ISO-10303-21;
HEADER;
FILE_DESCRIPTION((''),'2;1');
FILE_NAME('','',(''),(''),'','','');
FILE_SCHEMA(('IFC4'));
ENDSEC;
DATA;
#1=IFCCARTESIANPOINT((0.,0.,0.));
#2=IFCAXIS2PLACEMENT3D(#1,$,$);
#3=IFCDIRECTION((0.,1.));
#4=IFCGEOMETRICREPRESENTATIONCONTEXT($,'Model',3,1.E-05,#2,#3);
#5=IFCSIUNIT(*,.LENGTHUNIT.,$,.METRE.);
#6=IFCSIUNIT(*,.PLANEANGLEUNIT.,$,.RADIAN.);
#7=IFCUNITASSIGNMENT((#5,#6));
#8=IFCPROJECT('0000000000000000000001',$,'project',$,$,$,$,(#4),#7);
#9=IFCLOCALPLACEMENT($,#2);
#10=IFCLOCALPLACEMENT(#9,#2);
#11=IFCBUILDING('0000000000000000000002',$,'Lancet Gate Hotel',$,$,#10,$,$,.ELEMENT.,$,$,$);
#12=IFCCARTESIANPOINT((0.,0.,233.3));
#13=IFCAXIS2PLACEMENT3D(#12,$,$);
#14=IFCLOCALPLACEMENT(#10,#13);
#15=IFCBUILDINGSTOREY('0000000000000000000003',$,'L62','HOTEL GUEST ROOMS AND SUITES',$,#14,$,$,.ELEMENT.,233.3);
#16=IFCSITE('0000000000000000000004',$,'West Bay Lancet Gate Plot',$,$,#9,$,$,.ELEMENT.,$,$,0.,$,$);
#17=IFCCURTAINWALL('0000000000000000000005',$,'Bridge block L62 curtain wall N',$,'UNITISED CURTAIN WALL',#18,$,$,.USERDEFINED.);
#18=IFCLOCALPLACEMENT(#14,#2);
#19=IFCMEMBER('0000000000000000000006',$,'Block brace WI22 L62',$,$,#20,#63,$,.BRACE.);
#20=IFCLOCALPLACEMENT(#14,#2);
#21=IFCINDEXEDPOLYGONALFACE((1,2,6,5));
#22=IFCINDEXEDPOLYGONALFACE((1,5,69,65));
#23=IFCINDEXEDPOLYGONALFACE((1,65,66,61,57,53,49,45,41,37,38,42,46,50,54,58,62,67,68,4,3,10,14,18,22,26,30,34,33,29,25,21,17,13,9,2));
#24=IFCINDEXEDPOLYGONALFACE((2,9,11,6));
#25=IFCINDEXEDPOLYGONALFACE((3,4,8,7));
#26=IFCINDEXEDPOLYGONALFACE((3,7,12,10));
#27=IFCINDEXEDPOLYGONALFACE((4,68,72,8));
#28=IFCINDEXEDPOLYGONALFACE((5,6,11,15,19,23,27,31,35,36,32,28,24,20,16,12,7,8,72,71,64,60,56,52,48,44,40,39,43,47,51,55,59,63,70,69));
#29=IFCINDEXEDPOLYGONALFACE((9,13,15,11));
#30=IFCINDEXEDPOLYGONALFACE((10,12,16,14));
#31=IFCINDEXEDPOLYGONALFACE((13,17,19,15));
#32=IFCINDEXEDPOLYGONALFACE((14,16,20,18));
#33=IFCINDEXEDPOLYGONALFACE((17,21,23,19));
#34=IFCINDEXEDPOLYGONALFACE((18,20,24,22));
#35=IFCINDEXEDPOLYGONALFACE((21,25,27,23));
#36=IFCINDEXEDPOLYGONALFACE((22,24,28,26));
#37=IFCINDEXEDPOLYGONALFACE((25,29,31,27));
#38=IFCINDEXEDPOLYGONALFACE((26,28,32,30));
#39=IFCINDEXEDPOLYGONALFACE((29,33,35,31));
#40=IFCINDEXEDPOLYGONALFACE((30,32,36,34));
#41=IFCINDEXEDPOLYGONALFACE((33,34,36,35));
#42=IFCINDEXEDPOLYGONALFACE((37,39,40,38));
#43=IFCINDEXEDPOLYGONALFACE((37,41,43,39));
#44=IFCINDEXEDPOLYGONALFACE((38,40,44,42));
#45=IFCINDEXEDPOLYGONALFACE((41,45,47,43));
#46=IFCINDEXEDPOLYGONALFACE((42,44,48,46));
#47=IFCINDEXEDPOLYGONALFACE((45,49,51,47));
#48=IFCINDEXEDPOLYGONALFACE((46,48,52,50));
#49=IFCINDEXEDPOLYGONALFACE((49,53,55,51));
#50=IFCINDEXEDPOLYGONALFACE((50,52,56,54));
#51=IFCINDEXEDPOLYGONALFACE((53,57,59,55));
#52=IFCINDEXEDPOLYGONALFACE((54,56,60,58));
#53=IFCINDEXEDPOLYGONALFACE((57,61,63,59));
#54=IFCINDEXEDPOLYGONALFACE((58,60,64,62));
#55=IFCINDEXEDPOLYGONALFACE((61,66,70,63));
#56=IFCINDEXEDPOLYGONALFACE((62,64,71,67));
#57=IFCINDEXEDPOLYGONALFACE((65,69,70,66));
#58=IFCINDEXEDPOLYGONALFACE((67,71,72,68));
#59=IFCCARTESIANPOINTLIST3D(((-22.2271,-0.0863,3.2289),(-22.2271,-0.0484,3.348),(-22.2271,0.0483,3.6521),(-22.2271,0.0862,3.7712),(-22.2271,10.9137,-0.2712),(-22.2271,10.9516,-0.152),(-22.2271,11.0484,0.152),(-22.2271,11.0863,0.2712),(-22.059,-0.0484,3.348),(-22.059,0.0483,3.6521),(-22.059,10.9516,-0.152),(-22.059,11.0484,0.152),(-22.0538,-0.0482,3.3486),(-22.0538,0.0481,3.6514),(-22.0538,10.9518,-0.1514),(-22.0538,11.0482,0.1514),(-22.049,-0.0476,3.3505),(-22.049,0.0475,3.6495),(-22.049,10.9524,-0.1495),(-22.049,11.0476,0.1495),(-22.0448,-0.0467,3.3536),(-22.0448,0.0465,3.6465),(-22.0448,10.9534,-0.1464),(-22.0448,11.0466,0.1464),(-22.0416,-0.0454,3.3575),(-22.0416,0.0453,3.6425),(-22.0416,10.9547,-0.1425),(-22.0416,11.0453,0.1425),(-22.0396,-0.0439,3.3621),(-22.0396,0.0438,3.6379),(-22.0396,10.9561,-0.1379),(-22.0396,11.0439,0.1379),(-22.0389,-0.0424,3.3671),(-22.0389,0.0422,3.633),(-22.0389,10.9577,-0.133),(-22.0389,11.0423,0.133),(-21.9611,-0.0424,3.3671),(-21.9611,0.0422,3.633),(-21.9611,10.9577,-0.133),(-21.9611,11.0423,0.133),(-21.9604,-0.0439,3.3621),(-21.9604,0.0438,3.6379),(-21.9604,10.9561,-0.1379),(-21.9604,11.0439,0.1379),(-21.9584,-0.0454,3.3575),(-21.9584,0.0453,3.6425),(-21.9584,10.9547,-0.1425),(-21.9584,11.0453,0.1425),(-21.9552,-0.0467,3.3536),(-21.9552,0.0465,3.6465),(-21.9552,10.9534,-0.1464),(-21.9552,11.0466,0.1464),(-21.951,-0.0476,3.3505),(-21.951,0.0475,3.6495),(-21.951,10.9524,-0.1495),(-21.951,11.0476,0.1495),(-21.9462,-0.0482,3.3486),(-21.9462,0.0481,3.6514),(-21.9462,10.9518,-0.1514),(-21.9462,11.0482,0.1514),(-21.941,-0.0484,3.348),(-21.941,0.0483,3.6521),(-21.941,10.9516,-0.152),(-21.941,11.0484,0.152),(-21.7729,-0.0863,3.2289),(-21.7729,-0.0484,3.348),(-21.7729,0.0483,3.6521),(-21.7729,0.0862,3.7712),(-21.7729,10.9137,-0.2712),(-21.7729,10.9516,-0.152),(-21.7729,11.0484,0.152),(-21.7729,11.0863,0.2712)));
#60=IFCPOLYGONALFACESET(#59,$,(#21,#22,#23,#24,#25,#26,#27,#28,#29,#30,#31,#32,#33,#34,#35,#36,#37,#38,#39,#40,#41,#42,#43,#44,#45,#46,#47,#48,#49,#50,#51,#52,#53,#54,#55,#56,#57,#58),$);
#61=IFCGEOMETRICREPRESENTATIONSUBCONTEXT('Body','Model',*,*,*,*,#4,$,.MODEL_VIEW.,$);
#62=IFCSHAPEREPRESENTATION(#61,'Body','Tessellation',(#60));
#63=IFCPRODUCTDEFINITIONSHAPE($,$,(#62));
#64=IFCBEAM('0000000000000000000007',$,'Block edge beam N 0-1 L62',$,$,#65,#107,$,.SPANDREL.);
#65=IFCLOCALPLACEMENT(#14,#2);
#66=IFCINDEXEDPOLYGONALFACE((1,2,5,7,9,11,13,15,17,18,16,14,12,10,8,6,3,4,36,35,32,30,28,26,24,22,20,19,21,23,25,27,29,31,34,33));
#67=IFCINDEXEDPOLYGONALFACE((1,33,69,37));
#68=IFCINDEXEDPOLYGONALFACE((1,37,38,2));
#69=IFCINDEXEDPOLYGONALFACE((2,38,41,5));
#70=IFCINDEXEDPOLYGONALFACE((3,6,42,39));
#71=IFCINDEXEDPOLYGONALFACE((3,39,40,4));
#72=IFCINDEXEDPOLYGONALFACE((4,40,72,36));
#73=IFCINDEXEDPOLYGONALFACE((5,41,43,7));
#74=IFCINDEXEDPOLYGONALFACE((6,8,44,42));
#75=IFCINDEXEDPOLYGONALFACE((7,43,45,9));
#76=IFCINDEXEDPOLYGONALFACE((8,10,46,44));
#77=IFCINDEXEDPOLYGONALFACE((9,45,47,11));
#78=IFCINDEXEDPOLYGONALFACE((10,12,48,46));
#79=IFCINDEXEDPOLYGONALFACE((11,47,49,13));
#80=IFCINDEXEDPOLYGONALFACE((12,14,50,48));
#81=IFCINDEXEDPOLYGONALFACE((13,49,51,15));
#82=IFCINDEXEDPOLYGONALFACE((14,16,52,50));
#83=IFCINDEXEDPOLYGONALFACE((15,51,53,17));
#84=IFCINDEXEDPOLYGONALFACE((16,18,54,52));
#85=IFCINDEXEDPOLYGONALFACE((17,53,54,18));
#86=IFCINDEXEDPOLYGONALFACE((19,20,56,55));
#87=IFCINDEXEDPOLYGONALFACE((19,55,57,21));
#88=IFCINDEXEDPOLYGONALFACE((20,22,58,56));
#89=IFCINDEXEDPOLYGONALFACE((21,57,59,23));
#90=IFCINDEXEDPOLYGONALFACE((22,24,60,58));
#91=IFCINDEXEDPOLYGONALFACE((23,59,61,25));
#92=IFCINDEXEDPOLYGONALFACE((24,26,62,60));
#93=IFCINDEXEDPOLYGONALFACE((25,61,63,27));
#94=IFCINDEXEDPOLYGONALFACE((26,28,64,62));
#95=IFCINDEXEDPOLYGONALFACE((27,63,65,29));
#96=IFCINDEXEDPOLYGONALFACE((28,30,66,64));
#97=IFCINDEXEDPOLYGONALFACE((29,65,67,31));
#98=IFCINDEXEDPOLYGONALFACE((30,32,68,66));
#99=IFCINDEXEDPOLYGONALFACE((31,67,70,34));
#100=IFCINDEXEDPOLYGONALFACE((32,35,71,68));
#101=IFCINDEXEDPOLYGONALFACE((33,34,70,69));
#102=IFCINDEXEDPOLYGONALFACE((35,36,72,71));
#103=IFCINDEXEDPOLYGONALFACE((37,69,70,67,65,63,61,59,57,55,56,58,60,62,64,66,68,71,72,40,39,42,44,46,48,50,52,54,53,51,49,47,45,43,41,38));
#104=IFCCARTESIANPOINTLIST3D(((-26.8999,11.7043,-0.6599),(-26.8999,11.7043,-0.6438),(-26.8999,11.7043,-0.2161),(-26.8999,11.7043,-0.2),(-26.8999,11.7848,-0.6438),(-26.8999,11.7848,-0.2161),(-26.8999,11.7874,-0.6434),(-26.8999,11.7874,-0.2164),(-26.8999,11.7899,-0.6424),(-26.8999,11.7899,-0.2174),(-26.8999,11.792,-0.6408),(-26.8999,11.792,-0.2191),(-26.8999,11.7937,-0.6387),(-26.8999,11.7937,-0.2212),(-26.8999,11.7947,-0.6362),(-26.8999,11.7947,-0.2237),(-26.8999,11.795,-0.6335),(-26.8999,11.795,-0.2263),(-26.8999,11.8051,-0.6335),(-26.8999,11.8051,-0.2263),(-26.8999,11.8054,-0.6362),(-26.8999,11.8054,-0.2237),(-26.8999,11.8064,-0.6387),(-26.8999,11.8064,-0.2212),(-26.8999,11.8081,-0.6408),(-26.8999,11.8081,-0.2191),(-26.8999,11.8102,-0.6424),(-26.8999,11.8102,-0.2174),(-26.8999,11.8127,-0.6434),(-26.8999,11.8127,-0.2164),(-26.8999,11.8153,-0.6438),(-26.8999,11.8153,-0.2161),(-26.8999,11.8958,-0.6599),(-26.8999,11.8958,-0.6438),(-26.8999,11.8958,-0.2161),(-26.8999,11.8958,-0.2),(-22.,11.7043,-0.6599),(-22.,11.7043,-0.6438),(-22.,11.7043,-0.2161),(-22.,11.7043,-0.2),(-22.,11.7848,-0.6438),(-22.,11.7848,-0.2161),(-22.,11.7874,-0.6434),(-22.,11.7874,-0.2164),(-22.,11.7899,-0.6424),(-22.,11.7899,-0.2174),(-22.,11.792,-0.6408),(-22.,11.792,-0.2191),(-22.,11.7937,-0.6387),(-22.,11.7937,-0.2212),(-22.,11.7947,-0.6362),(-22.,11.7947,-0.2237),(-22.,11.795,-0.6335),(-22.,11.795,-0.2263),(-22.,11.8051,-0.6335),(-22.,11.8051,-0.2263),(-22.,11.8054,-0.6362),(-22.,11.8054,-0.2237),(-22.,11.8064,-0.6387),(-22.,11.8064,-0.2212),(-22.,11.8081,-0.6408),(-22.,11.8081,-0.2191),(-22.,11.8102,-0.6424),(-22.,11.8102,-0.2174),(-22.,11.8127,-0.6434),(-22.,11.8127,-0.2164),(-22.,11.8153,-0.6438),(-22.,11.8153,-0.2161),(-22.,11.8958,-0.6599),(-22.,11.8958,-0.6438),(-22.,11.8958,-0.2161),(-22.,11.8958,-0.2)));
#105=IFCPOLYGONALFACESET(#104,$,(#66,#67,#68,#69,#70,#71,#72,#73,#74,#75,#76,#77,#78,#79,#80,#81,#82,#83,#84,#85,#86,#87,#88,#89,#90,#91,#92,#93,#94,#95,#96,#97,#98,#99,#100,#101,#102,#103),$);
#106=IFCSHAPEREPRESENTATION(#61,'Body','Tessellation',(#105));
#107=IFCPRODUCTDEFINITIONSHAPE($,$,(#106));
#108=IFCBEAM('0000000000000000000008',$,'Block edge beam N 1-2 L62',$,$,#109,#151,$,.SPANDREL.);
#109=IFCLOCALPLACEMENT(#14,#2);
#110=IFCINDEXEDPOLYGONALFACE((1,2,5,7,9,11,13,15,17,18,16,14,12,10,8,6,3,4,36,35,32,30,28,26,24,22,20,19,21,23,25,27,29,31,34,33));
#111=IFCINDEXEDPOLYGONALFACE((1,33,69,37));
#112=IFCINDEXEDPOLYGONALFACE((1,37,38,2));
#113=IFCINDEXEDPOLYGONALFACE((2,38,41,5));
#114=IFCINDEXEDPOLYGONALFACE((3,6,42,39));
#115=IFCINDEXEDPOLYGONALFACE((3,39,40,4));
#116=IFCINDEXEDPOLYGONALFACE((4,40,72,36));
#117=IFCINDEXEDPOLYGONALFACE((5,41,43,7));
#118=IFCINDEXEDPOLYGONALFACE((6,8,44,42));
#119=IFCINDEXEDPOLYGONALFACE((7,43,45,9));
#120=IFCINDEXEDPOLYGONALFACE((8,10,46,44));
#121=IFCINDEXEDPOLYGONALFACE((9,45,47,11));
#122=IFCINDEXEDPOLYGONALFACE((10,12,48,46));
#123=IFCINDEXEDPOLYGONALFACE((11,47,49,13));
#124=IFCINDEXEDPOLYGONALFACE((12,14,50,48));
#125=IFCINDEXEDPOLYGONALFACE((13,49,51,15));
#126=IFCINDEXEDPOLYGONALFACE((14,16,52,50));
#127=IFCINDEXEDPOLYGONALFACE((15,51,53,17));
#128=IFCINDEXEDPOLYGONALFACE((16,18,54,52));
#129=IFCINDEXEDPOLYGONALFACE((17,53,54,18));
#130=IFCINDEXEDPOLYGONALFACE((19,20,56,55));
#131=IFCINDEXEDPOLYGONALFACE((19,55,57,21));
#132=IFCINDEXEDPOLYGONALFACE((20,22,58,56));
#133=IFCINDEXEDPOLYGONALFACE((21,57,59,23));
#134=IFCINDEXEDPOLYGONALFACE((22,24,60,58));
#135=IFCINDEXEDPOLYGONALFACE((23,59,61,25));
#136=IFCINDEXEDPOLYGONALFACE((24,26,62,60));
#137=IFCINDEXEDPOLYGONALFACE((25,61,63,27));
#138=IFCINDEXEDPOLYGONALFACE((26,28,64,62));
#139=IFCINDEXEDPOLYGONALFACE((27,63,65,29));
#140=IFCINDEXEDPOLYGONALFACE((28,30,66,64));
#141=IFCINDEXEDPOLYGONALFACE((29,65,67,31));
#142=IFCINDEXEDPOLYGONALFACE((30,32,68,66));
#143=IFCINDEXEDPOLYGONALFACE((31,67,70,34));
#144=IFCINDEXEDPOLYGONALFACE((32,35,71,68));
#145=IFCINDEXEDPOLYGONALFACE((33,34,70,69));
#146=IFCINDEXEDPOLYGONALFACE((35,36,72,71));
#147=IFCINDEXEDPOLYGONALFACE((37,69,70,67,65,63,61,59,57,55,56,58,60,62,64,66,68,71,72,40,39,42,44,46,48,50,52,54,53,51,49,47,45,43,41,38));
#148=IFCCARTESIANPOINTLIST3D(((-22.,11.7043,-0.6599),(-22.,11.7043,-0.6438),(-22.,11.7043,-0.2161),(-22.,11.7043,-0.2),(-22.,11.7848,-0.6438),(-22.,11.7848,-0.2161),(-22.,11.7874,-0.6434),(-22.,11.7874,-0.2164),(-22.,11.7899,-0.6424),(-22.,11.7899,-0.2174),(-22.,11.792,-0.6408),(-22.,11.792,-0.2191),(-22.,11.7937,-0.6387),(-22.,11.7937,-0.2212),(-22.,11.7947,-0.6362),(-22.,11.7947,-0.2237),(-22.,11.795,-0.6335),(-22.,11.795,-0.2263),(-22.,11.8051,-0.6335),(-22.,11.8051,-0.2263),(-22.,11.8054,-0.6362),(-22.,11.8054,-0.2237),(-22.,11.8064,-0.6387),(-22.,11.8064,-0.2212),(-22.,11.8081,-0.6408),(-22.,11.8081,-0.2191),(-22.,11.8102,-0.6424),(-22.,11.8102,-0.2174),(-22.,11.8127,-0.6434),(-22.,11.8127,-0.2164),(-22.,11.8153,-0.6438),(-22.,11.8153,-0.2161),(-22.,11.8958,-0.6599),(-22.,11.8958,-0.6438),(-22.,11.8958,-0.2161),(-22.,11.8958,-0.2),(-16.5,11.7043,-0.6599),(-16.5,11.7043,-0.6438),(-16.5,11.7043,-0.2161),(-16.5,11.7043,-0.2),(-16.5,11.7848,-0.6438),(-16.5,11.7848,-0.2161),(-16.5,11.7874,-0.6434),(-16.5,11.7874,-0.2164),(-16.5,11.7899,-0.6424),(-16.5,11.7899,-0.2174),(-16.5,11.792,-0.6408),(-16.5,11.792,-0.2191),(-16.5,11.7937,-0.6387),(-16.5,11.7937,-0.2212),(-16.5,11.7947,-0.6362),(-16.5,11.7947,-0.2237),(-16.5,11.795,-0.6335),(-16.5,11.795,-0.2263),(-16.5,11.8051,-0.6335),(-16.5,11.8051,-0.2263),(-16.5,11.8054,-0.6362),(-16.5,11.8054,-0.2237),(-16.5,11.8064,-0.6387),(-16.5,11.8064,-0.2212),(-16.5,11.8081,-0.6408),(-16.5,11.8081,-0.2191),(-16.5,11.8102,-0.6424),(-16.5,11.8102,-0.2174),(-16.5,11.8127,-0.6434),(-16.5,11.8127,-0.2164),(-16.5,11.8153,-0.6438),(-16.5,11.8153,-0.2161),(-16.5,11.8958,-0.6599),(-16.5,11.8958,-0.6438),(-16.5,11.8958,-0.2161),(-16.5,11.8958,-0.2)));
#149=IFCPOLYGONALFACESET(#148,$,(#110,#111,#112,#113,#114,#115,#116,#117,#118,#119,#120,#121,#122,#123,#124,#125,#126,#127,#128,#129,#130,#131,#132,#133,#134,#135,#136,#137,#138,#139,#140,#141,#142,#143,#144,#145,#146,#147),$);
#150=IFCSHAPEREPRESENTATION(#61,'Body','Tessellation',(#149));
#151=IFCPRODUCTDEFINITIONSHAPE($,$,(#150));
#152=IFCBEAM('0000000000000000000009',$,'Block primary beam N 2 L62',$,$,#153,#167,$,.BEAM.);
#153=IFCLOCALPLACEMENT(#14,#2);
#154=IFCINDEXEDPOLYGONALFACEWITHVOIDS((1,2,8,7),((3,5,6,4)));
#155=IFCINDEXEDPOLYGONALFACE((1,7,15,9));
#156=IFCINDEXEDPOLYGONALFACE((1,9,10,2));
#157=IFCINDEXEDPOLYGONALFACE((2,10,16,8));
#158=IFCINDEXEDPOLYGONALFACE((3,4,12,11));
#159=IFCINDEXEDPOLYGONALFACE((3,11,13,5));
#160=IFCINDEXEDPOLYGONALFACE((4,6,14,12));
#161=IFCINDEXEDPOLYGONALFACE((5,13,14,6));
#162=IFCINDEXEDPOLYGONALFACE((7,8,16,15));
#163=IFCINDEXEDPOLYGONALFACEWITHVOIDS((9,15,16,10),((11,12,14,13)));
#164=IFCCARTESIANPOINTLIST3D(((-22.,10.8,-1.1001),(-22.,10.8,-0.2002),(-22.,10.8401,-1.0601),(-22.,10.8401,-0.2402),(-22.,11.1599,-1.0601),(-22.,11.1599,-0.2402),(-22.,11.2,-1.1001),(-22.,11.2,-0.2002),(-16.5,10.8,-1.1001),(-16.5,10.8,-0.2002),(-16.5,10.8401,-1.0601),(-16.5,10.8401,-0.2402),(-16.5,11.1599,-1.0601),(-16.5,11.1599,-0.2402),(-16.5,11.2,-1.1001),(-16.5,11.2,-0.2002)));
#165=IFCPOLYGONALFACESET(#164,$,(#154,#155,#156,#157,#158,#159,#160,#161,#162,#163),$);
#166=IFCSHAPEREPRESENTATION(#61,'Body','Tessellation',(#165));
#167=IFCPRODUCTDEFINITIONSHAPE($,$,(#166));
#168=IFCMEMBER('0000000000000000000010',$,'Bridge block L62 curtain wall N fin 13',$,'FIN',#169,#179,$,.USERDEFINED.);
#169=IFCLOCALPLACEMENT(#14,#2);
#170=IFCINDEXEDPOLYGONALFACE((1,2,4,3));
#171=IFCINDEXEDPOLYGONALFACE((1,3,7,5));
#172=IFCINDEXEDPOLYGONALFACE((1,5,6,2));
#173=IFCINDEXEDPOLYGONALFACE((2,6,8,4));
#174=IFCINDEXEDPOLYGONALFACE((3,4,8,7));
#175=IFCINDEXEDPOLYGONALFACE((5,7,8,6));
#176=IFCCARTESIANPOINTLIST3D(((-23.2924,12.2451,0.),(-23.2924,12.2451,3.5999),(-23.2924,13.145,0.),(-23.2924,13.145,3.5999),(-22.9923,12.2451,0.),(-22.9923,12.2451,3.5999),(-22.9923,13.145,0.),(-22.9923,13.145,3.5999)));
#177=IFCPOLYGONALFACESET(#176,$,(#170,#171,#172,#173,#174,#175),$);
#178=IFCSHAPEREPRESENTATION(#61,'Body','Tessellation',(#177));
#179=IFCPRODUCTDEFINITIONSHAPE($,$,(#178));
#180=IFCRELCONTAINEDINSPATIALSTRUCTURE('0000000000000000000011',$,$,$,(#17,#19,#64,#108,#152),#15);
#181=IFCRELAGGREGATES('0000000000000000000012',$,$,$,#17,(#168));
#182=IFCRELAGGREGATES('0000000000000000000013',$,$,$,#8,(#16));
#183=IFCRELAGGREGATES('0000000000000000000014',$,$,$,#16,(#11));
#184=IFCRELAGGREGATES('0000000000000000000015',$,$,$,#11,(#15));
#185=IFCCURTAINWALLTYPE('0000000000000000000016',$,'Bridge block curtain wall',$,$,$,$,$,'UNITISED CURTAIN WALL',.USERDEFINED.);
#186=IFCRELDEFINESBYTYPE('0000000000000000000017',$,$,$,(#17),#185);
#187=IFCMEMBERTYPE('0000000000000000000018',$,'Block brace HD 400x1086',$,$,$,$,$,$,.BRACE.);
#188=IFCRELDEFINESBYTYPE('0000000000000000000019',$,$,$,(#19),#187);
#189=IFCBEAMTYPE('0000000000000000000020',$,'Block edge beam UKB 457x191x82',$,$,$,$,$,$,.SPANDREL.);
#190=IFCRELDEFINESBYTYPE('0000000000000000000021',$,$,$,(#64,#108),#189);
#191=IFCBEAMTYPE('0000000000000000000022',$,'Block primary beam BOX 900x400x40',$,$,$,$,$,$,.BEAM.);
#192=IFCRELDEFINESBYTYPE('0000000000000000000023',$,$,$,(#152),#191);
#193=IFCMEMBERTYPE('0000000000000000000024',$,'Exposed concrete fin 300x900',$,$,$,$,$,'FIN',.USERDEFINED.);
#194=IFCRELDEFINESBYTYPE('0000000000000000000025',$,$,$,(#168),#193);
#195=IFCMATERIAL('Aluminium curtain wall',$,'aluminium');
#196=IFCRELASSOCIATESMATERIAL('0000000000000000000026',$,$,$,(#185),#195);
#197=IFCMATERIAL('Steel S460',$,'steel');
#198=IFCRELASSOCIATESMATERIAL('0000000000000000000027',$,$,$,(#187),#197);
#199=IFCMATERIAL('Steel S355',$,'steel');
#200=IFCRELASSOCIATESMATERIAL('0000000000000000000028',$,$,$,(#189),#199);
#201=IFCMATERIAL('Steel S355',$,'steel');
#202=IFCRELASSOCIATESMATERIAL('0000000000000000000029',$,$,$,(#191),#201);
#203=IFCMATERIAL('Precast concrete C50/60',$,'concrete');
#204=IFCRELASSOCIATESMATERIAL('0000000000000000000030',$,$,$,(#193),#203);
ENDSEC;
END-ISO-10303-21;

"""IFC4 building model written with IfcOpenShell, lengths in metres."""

from ifc_helpers import new_model, si_unit, direction, frame, origin, origin_2d, place, context, subcontext, project, spatial, rectangle, hollow_rectangle, i_section, extrude, material, material_profile, profile_set, type_object, element, aggregate, save


model = new_model("IFC4")

# Units and contexts
model_context = context("Model", 3, precision=1e-05, world=origin(), true_north=direction((0.0, 1.0)))
body_context = subcontext(model_context, "Body", "Model", "MODEL_VIEW")
ifc_project = project(units=[si_unit("LENGTHUNIT", "METRE"), si_unit("PLANEANGLEUNIT", "RADIAN")], contexts=[model_context])

# Site, building, storey
site_placement = place(None, origin())
site = spatial("IfcSite", under=ifc_project, at=site_placement, Name="West Bay Lancet Gate Plot", CompositionType="ELEMENT", RefElevation=0.0)
building_placement = place(site_placement, origin())
building = spatial("IfcBuilding", under=site, at=building_placement, Name="Lancet Gate Hotel", CompositionType="ELEMENT")
storey_placement = place(building_placement, frame((0.0, 0.0, 233.3)))
storey = spatial("IfcBuildingStorey", under=building, at=storey_placement, Name="L62", Description="HOTEL GUEST ROOMS AND SUITES", CompositionType="ELEMENT", Elevation=233.3)

# Curtain wall
ifc_material_1 = material(Name="Aluminium curtain wall", Category="aluminium")
curtain_wall_type_1 = type_object("IfcCurtainWallType", Name="Bridge block curtain wall", ElementType="UNITISED CURTAIN WALL", PredefinedType="USERDEFINED", material=ifc_material_1)
curtain_wall_1_placement = place(storey_placement, origin())
curtain_wall_1 = element("IfcCurtainWall", 1, at=curtain_wall_1_placement, inside=storey, type_object=curtain_wall_type_1, Name="Bridge block L62 curtain wall N", ObjectType="UNITISED CURTAIN WALL", PredefinedType="USERDEFINED")

# Member
ifc_material_2 = material(Name="Steel S460", Category="steel")
ifc_material_profile_1 = material_profile(ifc_material_2, i_section(OverallWidth=0.4541, OverallDepth=0.5691, WebThickness=0.0779, FlangeThickness=0.125, FilletRadius=0.02, at=origin_2d()), Name="HD 400x1086")
ifc_profile_set_1 = profile_set([ifc_material_profile_1], Name="Steel S460")
member_type_1 = type_object("IfcMemberType", Name="Block brace HD 400x1086", PredefinedType="BRACE", material=ifc_profile_set_1)
member_1_placement = place(storey_placement, frame((-22.0, 11.0, 0.0), z_axis=(0.0, -0.952926, 0.303204), x_axis=(1.0, 0.0, 0.0)))
element("IfcMember", 2, at=member_1_placement, inside=storey, type_object=member_type_1, Name="Block brace WI22 L62", PredefinedType="BRACE", context=body_context, shape_type="SweptSolid", body=[
    extrude(i_section(OverallWidth=0.4541, OverallDepth=0.5691, WebThickness=0.0779, FlangeThickness=0.125, FilletRadius=0.02, at=origin_2d()), origin(), (0.0, 0.0, 1.0), 11.5435),
])

# Beams
ifc_material_3 = material(Name="Steel S355", Category="steel")
ifc_material_profile_2 = material_profile(ifc_material_3, i_section(OverallWidth=0.1914, OverallDepth=0.46, WebThickness=0.01, FlangeThickness=0.0161, FilletRadius=0.0103, at=origin_2d()), Name="UKB 457x191x82")
ifc_profile_set_2 = profile_set([ifc_material_profile_2], Name="Steel S355")
beam_type_1 = type_object("IfcBeamType", Name="Block edge beam UKB 457x191x82", PredefinedType="SPANDREL", material=ifc_profile_set_2)
beam_1_placement = place(storey_placement, frame((-26.8999, 11.8, -0.4299), z_axis=(1.0, 0.0, 0.0), x_axis=(0.0, 1.0, 0.0)))
element("IfcBeam", 3, at=beam_1_placement, inside=storey, type_object=beam_type_1, Name="Block edge beam N 0-1 L62", PredefinedType="SPANDREL", context=body_context, shape_type="SweptSolid", body=[
    extrude(i_section(OverallWidth=0.1914, OverallDepth=0.46, WebThickness=0.01, FlangeThickness=0.0161, FilletRadius=0.0103, at=origin_2d()), origin(), (0.0, 0.0, 1.0), 4.8999),
])
beam_2_placement = place(storey_placement, frame((-22.0, 11.8, -0.4299), z_axis=(1.0, 0.0, 0.0), x_axis=(0.0, 1.0, 0.0)))
element("IfcBeam", 4, at=beam_2_placement, inside=storey, type_object=beam_type_1, Name="Block edge beam N 1-2 L62", PredefinedType="SPANDREL", context=body_context, shape_type="SweptSolid", body=[
    extrude(i_section(OverallWidth=0.1914, OverallDepth=0.46, WebThickness=0.01, FlangeThickness=0.0161, FilletRadius=0.0103, at=origin_2d()), origin(), (0.0, 0.0, 1.0), 5.5),
])
ifc_material_4 = material(Name="Steel S355", Category="steel")
ifc_material_profile_3 = material_profile(ifc_material_4, hollow_rectangle(XDim=0.3999, YDim=0.8999, WallThickness=0.04, at=origin_2d()), Name="BOX 900x400x40")
ifc_profile_set_3 = profile_set([ifc_material_profile_3], Name="Steel S355")
beam_type_2 = type_object("IfcBeamType", Name="Block primary beam BOX 900x400x40", PredefinedType="BEAM", material=ifc_profile_set_3)
beam_3_placement = place(storey_placement, frame((-22.0, 11.0, -0.6501), z_axis=(1.0, 0.0, 0.0), x_axis=(0.0, 1.0, 0.0)))
element("IfcBeam", 5, at=beam_3_placement, inside=storey, type_object=beam_type_2, Name="Block primary beam N 2 L62", PredefinedType="BEAM", context=body_context, shape_type="SweptSolid", body=[
    extrude(hollow_rectangle(XDim=0.3999, YDim=0.8999, WallThickness=0.04, at=origin_2d()), origin(), (0.0, 0.0, 1.0), 5.5),
])

# Member
ifc_material_5 = material(Name="Precast concrete C50/60", Category="concrete")
ifc_material_profile_4 = material_profile(ifc_material_5, rectangle(XDim=0.3, YDim=0.8999, at=origin_2d()), Name="FIN 300x900")
ifc_profile_set_4 = profile_set([ifc_material_profile_4], Name="Precast concrete C50/60")
member_type_2 = type_object("IfcMemberType", Name="Exposed concrete fin 300x900", ElementType="FIN", PredefinedType="USERDEFINED", material=ifc_profile_set_4)
member_2_placement = place(storey_placement, frame((-23.1423, 12.6951, 0.0), z_axis=(0.0, 0.0, 1.0), x_axis=(-1.0, 0.0, 0.0)))
member_2 = element("IfcMember", 6, at=member_2_placement, type_object=member_type_2, Name="Bridge block L62 curtain wall N fin 13", ObjectType="FIN", PredefinedType="USERDEFINED", context=body_context, shape_type="SweptSolid", body=[
    extrude(rectangle(XDim=0.3, YDim=0.8999, at=origin_2d()), origin(), (0.0, 0.0, 1.0), 3.5999),
])

aggregate(curtain_wall_1, [member_2])

save(model, "model.ifc")
